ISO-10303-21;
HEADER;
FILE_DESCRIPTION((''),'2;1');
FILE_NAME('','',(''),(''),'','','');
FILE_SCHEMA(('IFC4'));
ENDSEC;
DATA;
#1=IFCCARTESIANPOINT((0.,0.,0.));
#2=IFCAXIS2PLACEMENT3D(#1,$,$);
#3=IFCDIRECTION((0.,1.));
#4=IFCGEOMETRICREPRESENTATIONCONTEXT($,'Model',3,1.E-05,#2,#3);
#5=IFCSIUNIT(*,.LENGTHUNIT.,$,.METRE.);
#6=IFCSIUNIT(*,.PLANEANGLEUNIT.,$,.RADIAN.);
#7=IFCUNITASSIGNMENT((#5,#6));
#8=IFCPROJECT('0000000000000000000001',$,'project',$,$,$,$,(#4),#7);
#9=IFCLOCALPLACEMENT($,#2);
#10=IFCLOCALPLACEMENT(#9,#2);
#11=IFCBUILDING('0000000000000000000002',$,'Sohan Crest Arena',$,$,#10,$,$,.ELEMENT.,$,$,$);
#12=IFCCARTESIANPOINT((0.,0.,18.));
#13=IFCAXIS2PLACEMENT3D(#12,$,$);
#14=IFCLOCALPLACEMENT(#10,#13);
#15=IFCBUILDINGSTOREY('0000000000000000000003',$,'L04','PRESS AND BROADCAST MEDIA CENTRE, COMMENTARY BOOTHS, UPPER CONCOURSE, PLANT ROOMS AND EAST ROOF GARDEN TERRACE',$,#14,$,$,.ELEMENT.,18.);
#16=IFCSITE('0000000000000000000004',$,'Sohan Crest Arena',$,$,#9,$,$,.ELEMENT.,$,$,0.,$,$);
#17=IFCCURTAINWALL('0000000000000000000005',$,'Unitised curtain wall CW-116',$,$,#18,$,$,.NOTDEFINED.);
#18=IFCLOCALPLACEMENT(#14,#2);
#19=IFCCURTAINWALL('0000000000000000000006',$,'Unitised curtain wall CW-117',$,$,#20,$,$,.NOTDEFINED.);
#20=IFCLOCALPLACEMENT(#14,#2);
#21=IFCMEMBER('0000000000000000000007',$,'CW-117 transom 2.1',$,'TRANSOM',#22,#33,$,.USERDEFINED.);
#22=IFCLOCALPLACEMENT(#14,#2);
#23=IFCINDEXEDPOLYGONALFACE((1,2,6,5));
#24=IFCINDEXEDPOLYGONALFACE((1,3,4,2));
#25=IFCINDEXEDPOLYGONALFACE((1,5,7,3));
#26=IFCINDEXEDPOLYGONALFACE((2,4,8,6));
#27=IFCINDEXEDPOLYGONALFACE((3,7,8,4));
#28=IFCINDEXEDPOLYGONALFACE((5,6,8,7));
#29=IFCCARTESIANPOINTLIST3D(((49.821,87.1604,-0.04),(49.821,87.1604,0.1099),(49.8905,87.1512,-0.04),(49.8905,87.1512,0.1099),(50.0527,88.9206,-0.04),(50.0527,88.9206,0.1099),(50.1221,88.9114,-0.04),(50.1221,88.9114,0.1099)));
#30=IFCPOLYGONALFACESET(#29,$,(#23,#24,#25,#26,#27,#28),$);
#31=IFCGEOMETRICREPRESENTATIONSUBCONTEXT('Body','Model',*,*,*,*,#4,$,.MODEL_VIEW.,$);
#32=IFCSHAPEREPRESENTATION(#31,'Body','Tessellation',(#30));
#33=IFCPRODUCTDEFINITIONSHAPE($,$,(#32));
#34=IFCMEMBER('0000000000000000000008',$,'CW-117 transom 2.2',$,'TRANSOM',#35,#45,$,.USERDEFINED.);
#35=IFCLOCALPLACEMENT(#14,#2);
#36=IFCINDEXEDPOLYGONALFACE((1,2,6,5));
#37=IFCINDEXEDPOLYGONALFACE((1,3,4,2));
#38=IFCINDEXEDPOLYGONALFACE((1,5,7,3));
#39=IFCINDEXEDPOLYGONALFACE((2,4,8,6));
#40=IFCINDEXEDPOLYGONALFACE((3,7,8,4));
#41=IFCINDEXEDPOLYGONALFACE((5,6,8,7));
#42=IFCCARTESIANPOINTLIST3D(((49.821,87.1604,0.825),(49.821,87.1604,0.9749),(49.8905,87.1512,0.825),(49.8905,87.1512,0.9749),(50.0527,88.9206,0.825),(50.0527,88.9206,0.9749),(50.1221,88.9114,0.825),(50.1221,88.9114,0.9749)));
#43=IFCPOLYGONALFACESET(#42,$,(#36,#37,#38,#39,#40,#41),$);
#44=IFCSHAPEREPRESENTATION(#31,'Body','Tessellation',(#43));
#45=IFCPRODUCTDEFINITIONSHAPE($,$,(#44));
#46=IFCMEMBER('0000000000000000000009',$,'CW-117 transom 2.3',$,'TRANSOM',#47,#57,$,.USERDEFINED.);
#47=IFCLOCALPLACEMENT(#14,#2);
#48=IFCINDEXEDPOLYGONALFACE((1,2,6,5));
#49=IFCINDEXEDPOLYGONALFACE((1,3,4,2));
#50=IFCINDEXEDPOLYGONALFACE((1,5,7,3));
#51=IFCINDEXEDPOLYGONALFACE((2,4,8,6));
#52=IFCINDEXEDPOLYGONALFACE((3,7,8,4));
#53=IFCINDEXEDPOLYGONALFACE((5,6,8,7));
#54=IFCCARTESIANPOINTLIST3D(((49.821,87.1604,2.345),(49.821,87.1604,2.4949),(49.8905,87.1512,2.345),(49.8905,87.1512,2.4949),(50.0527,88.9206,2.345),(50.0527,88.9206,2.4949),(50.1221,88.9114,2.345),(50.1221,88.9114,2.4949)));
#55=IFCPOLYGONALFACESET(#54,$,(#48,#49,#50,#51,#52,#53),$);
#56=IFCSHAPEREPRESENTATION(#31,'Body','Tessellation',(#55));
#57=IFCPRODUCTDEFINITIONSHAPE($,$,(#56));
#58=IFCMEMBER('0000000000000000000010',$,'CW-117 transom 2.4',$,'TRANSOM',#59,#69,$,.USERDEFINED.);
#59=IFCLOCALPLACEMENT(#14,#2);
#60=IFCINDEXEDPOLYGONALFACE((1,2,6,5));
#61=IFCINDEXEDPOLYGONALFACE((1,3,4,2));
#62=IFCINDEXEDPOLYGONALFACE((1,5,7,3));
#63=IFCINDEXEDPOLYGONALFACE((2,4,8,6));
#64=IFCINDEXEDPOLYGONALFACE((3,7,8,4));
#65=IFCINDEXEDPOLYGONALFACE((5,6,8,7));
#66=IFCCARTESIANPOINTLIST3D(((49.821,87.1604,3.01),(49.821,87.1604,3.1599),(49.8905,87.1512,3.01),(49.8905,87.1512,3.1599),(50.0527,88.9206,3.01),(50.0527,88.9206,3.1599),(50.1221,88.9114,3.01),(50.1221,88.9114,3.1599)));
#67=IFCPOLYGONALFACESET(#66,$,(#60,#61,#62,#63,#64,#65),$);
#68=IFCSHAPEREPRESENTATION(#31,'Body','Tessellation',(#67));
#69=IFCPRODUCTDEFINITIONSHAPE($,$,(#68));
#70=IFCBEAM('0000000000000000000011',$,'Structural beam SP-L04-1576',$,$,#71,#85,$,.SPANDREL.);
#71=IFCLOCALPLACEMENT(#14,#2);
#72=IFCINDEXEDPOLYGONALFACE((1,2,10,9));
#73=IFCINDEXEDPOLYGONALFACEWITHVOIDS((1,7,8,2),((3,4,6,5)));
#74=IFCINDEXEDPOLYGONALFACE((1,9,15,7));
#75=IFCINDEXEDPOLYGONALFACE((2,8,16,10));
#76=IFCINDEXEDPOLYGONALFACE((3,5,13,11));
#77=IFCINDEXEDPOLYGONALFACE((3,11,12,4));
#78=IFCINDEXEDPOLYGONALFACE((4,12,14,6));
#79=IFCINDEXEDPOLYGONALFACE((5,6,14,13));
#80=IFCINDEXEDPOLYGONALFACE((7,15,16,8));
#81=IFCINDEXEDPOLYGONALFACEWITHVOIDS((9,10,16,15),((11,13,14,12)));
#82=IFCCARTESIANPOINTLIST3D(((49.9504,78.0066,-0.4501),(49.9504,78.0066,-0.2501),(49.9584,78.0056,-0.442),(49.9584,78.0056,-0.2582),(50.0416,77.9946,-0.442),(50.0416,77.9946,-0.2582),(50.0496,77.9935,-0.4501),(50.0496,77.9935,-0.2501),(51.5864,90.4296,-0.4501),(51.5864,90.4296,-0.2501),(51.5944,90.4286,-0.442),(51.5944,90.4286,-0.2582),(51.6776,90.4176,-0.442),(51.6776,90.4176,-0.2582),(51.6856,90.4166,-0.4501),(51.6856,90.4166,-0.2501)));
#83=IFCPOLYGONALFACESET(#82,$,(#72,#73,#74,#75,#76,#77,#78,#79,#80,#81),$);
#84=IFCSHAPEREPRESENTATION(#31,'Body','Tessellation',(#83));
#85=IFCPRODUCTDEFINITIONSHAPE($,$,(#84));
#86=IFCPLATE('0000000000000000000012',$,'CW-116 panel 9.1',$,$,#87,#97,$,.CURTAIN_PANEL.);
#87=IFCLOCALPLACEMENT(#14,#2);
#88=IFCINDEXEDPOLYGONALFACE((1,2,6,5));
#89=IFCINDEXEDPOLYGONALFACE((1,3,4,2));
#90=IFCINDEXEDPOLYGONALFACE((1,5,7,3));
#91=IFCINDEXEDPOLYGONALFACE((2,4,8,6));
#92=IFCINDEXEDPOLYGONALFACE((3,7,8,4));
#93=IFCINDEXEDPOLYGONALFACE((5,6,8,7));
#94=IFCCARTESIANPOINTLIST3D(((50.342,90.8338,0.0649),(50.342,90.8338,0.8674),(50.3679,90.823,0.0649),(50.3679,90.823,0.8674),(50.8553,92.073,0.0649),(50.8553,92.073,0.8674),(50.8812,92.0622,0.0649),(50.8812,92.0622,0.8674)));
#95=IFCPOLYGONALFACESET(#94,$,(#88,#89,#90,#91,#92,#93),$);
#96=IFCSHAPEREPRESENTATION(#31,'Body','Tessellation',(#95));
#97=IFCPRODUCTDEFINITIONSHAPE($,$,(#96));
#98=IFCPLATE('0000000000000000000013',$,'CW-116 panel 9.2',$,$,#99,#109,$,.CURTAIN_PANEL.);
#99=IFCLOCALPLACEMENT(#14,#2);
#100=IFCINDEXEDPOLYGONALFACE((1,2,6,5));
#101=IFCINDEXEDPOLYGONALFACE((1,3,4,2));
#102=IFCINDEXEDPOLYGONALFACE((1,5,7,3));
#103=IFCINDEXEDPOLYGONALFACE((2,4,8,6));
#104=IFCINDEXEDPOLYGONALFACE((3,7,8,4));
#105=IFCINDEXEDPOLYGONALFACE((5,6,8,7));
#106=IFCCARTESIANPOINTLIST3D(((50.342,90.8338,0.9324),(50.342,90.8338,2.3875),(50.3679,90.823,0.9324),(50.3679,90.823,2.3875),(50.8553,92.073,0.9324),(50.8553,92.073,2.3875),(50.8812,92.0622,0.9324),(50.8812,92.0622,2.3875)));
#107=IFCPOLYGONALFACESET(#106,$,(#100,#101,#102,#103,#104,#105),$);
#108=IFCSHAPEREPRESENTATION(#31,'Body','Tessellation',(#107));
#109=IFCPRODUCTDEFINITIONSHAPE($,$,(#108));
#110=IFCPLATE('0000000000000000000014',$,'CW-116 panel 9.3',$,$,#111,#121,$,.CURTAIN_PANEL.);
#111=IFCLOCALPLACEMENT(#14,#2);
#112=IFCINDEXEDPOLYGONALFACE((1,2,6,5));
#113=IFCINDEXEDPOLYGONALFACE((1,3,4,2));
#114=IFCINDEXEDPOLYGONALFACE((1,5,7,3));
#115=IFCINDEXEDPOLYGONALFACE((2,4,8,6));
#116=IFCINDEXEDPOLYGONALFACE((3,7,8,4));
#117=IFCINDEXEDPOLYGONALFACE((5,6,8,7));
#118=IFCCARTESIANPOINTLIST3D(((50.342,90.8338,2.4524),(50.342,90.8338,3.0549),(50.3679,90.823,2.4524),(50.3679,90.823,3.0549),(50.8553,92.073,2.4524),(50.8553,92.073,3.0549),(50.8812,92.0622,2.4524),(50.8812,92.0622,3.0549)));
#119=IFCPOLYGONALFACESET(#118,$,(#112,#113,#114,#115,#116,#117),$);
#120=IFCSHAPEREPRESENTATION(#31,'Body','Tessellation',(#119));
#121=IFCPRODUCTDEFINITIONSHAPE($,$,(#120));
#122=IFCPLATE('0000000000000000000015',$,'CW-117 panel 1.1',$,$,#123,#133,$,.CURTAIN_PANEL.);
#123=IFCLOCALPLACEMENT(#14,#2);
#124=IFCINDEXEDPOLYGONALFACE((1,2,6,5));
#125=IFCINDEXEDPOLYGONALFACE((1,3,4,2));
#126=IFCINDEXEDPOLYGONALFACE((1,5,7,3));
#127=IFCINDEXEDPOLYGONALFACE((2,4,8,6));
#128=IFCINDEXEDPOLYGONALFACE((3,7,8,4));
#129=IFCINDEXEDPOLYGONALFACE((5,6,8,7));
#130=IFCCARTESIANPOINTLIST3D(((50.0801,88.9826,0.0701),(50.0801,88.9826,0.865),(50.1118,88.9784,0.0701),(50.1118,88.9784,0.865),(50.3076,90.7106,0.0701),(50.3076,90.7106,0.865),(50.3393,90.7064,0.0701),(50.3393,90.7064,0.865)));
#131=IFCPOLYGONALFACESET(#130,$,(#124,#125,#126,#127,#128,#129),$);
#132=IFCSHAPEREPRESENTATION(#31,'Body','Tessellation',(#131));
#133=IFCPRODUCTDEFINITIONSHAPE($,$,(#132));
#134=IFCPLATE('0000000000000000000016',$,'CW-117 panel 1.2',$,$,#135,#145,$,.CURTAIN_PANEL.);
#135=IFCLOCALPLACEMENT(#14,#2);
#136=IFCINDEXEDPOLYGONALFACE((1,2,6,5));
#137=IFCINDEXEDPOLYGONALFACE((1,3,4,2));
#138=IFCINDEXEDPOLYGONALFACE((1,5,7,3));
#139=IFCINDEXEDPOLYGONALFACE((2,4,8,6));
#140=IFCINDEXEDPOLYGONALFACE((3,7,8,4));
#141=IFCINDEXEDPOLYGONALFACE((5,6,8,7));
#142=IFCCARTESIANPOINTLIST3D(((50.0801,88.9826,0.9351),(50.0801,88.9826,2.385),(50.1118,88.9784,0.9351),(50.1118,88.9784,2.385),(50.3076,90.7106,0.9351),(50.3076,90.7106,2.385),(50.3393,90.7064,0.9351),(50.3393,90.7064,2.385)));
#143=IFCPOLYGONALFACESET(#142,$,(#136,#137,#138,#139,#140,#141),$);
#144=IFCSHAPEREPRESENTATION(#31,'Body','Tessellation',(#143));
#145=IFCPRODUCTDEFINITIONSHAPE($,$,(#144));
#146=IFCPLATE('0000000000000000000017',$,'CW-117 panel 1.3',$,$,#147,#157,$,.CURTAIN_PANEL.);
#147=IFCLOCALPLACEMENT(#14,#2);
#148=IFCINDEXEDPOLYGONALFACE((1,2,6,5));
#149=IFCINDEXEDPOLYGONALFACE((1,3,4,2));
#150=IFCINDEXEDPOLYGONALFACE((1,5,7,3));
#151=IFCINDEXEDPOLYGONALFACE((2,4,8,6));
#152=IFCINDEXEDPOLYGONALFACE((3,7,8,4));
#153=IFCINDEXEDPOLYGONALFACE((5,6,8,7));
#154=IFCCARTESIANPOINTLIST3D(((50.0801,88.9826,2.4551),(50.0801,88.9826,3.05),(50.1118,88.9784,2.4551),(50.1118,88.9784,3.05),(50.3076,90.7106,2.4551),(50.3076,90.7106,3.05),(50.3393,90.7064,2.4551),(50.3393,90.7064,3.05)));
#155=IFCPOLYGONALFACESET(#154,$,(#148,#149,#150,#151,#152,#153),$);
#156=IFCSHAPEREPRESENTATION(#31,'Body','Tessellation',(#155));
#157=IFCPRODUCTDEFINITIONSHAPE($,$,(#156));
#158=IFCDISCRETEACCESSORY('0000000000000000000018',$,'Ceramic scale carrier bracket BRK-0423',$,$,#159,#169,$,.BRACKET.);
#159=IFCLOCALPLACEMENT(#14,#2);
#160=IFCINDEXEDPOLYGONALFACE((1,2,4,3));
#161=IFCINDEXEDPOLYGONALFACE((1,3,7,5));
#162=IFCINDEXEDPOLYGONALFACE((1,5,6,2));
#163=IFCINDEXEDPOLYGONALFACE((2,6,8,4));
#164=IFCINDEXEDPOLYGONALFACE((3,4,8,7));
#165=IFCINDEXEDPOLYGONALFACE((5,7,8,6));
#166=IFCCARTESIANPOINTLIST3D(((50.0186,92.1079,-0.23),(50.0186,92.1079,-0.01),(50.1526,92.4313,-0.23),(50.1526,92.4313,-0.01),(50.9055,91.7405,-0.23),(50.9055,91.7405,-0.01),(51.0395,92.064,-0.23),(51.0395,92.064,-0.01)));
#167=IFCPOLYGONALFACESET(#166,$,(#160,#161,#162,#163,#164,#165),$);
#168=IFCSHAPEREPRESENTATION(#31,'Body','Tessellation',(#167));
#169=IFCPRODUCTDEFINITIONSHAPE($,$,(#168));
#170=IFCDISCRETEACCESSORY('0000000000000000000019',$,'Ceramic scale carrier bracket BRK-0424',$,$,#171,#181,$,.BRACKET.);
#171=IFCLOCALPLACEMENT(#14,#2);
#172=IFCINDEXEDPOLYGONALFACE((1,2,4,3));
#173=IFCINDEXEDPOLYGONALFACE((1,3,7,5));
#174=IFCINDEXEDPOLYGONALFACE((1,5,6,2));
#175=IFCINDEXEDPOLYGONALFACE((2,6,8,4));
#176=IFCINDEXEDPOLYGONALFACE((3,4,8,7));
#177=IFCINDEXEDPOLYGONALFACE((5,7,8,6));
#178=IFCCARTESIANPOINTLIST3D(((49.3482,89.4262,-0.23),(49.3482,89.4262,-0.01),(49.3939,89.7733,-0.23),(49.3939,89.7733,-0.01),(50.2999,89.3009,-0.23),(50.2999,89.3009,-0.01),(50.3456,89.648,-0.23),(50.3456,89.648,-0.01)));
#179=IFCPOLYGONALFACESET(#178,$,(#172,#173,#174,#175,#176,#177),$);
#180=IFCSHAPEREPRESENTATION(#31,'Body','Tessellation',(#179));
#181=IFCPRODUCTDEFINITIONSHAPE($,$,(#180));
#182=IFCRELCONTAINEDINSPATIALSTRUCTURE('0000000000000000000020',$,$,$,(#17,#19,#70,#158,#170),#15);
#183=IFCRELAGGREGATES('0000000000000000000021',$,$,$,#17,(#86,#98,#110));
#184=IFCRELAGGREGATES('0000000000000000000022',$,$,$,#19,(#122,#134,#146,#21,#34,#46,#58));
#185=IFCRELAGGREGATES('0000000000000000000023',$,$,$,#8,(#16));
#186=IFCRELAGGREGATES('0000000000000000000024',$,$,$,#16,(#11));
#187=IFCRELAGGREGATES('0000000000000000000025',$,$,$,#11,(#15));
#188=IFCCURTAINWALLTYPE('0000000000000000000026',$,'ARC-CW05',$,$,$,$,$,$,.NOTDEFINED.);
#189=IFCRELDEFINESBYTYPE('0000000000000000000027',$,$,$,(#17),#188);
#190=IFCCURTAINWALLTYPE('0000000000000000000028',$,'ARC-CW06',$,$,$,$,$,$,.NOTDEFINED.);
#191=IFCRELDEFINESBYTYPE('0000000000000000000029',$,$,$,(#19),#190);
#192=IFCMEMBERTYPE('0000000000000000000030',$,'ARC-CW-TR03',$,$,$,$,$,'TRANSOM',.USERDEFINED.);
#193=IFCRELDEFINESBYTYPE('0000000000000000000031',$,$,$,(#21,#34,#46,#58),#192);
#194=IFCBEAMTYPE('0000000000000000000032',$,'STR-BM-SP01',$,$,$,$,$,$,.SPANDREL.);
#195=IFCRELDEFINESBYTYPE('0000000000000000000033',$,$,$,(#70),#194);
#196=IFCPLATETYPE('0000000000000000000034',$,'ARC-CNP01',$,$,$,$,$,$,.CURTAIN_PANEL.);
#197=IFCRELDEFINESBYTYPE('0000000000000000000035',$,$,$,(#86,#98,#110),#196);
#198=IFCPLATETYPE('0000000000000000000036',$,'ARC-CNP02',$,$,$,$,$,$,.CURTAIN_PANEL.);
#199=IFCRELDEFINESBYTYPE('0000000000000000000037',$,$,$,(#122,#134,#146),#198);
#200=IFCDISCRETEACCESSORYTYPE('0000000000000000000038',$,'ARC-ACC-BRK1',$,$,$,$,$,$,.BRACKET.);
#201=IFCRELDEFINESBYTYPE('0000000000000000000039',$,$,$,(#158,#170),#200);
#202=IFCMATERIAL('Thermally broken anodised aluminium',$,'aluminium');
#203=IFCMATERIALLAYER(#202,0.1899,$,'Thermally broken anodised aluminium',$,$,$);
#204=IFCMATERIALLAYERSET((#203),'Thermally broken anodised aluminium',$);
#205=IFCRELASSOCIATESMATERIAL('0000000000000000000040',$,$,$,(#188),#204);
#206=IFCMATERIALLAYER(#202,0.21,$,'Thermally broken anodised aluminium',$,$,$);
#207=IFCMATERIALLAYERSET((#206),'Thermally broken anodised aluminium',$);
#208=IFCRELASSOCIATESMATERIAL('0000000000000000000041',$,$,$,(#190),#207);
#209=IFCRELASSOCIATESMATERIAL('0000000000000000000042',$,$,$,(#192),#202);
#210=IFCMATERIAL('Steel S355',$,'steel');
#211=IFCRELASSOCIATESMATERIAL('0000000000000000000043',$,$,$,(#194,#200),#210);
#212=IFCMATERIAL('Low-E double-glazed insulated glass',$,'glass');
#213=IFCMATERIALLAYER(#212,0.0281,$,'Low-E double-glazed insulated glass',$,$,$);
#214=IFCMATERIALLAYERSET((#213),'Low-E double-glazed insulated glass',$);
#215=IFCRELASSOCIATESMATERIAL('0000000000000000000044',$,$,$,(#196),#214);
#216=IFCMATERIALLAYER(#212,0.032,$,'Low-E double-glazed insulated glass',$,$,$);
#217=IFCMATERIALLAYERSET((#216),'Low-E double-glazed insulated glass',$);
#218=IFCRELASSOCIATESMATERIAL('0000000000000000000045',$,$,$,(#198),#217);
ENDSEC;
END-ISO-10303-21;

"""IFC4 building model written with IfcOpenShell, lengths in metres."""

from ifc_helpers import new_model, si_unit, direction, frame, origin, origin_2d, place, context, subcontext, project, spatial, rectangle, hollow_rectangle, extrude, material, layer, layer_set, material_profile, profile_set, type_object, element, aggregate, save


model = new_model("IFC4")

# Units and contexts
model_context = context("Model", 3, precision=1e-05, world=origin(), true_north=direction((0.0, 1.0)))
body_context = subcontext(model_context, "Body", "Model", "MODEL_VIEW")
ifc_project = project(units=[si_unit("LENGTHUNIT", "METRE"), si_unit("PLANEANGLEUNIT", "RADIAN")], contexts=[model_context])

# Site, building, storey
site_placement = place(None, origin())
site = spatial("IfcSite", under=ifc_project, at=site_placement, Name="Sohan Crest Arena", CompositionType="ELEMENT", RefElevation=0.0)
building_placement = place(site_placement, origin())
building = spatial("IfcBuilding", under=site, at=building_placement, Name="Sohan Crest Arena", CompositionType="ELEMENT")
storey_placement = place(building_placement, frame((0.0, 0.0, 18.0)))
storey = spatial("IfcBuildingStorey", under=building, at=storey_placement, Name="L04", Description="PRESS AND BROADCAST MEDIA CENTRE, COMMENTARY BOOTHS, UPPER CONCOURSE, PLANT ROOMS AND EAST ROOF GARDEN TERRACE", CompositionType="ELEMENT", Elevation=18.0)

# Shared definitions
ifc_material_1 = material(Name="Steel S355", Category="steel")

# Curtain walls
ifc_material_2 = material(Name="Thermally broken anodised aluminium", Category="aluminium")
ifc_layer_1 = layer(ifc_material_2, 0.1899, Name="Thermally broken anodised aluminium")
ifc_layer_set_1 = layer_set([ifc_layer_1], Name="Thermally broken anodised aluminium")
curtain_wall_type_1 = type_object("IfcCurtainWallType", Name="ARC-CW05", PredefinedType="NOTDEFINED", material=ifc_layer_set_1)
curtain_wall_1_placement = place(storey_placement, origin())
curtain_wall_1 = element("IfcCurtainWall", 1, at=curtain_wall_1_placement, inside=storey, type_object=curtain_wall_type_1, Name="Unitised curtain wall CW-116", PredefinedType="NOTDEFINED")
ifc_layer_2 = layer(ifc_material_2, 0.21, Name="Thermally broken anodised aluminium")
ifc_layer_set_2 = layer_set([ifc_layer_2], Name="Thermally broken anodised aluminium")
curtain_wall_type_2 = type_object("IfcCurtainWallType", Name="ARC-CW06", PredefinedType="NOTDEFINED", material=ifc_layer_set_2)
curtain_wall_2_placement = place(storey_placement, origin())
curtain_wall_2 = element("IfcCurtainWall", 2, at=curtain_wall_2_placement, inside=storey, type_object=curtain_wall_type_2, Name="Unitised curtain wall CW-117", PredefinedType="NOTDEFINED")

# Members
ifc_material_profile_1 = material_profile(ifc_material_2, rectangle(XDim=0.0701, YDim=0.1499, at=origin_2d()), Name="ALU-TRAN 70x150")
ifc_profile_set_1 = profile_set([ifc_material_profile_1], Name="Thermally broken anodised aluminium")
member_type_1 = type_object("IfcMemberType", Name="ARC-CW-TR03", ElementType="TRANSOM", PredefinedType="USERDEFINED", material=ifc_profile_set_1)
member_1_placement = place(storey_placement, frame((50.0874, 88.916, 0.0349), z_axis=(-0.130497, -0.991449, 0.0), x_axis=(0.991449, -0.130497, 0.0)))
member_1 = element("IfcMember", 3, at=member_1_placement, type_object=member_type_1, Name="CW-117 transom 2.1", ObjectType="TRANSOM", PredefinedType="USERDEFINED", context=body_context, shape_type="SweptSolid", body=[
    extrude(rectangle(XDim=0.0701, YDim=0.1499, at=origin_2d()), origin(), (0.0, 0.0, 1.0), 1.7754),
])
member_2_placement = place(storey_placement, frame((50.0874, 88.916, 0.8999), z_axis=(-0.130497, -0.991449, 0.0), x_axis=(0.991449, -0.130497, 0.0)))
member_2 = element("IfcMember", 4, at=member_2_placement, type_object=member_type_1, Name="CW-117 transom 2.2", ObjectType="TRANSOM", PredefinedType="USERDEFINED", context=body_context, shape_type="SweptSolid", body=[
    extrude(rectangle(XDim=0.0701, YDim=0.1499, at=origin_2d()), origin(), (0.0, 0.0, 1.0), 1.7754),
])
member_3_placement = place(storey_placement, frame((50.0874, 88.916, 2.4199), z_axis=(-0.130497, -0.991449, 0.0), x_axis=(0.991449, -0.130497, 0.0)))
member_3 = element("IfcMember", 5, at=member_3_placement, type_object=member_type_1, Name="CW-117 transom 2.3", ObjectType="TRANSOM", PredefinedType="USERDEFINED", context=body_context, shape_type="SweptSolid", body=[
    extrude(rectangle(XDim=0.0701, YDim=0.1499, at=origin_2d()), origin(), (0.0, 0.0, 1.0), 1.7754),
])
member_4_placement = place(storey_placement, frame((50.0874, 88.916, 3.085), z_axis=(-0.130497, -0.991449, 0.0), x_axis=(0.991449, -0.130497, 0.0)))
member_4 = element("IfcMember", 6, at=member_4_placement, type_object=member_type_1, Name="CW-117 transom 2.4", ObjectType="TRANSOM", PredefinedType="USERDEFINED", context=body_context, shape_type="SweptSolid", body=[
    extrude(rectangle(XDim=0.0701, YDim=0.1499, at=origin_2d()), origin(), (0.0, 0.0, 1.0), 1.7754),
])

# Beam
ifc_material_profile_2 = material_profile(ifc_material_1, hollow_rectangle(XDim=0.1001, YDim=0.2, WallThickness=0.0081, at=origin_2d()), Name="RHS 200x100x8")
ifc_profile_set_2 = profile_set([ifc_material_profile_2], Name="Steel S355")
beam_type = type_object("IfcBeamType", Name="STR-BM-SP01", PredefinedType="SPANDREL", material=ifc_profile_set_2)
beam_placement = place(storey_placement, frame((51.636, 90.4231, -0.3501), z_axis=(-0.130562, -0.99144, 0.0), x_axis=(0.99144, -0.130562, 0.0)))
element("IfcBeam", 7, at=beam_placement, inside=storey, type_object=beam_type, Name="Structural beam SP-L04-1576", PredefinedType="SPANDREL", context=body_context, shape_type="SweptSolid", body=[
    extrude(hollow_rectangle(XDim=0.1001, YDim=0.2, WallThickness=0.0081, at=origin_2d()), origin(), (0.0, 0.0, 1.0), 12.5303),
])

# Plates
ifc_material_3 = material(Name="Low-E double-glazed insulated glass", Category="glass")
ifc_layer_3 = layer(ifc_material_3, 0.0281, Name="Low-E double-glazed insulated glass")
ifc_layer_set_3 = layer_set([ifc_layer_3], Name="Low-E double-glazed insulated glass")
plate_type_1 = type_object("IfcPlateType", Name="ARC-CNP01", PredefinedType="CURTAIN_PANEL", material=ifc_layer_set_3)
plate_1_placement = place(storey_placement, frame((50.6116, 91.448, 0.0649), z_axis=(0.0, 0.0, 1.0), x_axis=(-0.382685, -0.923879, 0.0)))
plate_1 = element("IfcPlate", 8, at=plate_1_placement, type_object=plate_type_1, Name="CW-116 panel 9.1", PredefinedType="CURTAIN_PANEL", context=body_context, shape_type="SweptSolid", body=[
    extrude(rectangle(XDim=1.3413, YDim=0.0281, at=origin_2d()), origin(), (0.0, 0.0, 1.0), 0.8025),
])
plate_2_placement = place(storey_placement, frame((50.6116, 91.448, 0.9324), z_axis=(0.0, 0.0, 1.0), x_axis=(-0.382685, -0.923879, 0.0)))
plate_2 = element("IfcPlate", 9, at=plate_2_placement, type_object=plate_type_1, Name="CW-116 panel 9.2", PredefinedType="CURTAIN_PANEL", context=body_context, shape_type="SweptSolid", body=[
    extrude(rectangle(XDim=1.3413, YDim=0.0281, at=origin_2d()), origin(), (0.0, 0.0, 1.0), 1.4551),
])
plate_3_placement = place(storey_placement, frame((50.6116, 91.448, 2.4524), z_axis=(0.0, 0.0, 1.0), x_axis=(-0.382685, -0.923879, 0.0)))
plate_3 = element("IfcPlate", 10, at=plate_3_placement, type_object=plate_type_1, Name="CW-116 panel 9.3", PredefinedType="CURTAIN_PANEL", context=body_context, shape_type="SweptSolid", body=[
    extrude(rectangle(XDim=1.3413, YDim=0.0281, at=origin_2d()), origin(), (0.0, 0.0, 1.0), 0.6025),
])
aggregate(curtain_wall_1, [plate_1, plate_2, plate_3])
ifc_layer_4 = layer(ifc_material_3, 0.032, Name="Low-E double-glazed insulated glass")
ifc_layer_set_4 = layer_set([ifc_layer_4], Name="Low-E double-glazed insulated glass")
plate_type_2 = type_object("IfcPlateType", Name="ARC-CNP02", PredefinedType="CURTAIN_PANEL", material=ifc_layer_set_4)
plate_4_placement = place(storey_placement, frame((50.2097, 89.8445, 0.0701), z_axis=(0.0, 0.0, 1.0), x_axis=(-0.130557, -0.991441, 0.0)))
plate_4 = element("IfcPlate", 11, at=plate_4_placement, type_object=plate_type_2, Name="CW-117 panel 1.1", PredefinedType="CURTAIN_PANEL", context=body_context, shape_type="SweptSolid", body=[
    extrude(rectangle(XDim=1.7429, YDim=0.032, at=origin_2d()), origin(), (0.0, 0.0, 1.0), 0.7949),
])
plate_5_placement = place(storey_placement, frame((50.2097, 89.8445, 0.9351), z_axis=(0.0, 0.0, 1.0), x_axis=(-0.130557, -0.991441, 0.0)))
plate_5 = element("IfcPlate", 12, at=plate_5_placement, type_object=plate_type_2, Name="CW-117 panel 1.2", PredefinedType="CURTAIN_PANEL", context=body_context, shape_type="SweptSolid", body=[
    extrude(rectangle(XDim=1.7429, YDim=0.032, at=origin_2d()), origin(), (0.0, 0.0, 1.0), 1.45),
])
plate_6_placement = place(storey_placement, frame((50.2097, 89.8445, 2.4551), z_axis=(0.0, 0.0, 1.0), x_axis=(-0.130557, -0.991441, 0.0)))
plate_6 = element("IfcPlate", 13, at=plate_6_placement, type_object=plate_type_2, Name="CW-117 panel 1.3", PredefinedType="CURTAIN_PANEL", context=body_context, shape_type="SweptSolid", body=[
    extrude(rectangle(XDim=1.7429, YDim=0.032, at=origin_2d()), origin(), (0.0, 0.0, 1.0), 0.595),
])
aggregate(curtain_wall_2, [plate_4, plate_5, plate_6, member_1, member_2, member_3, member_4])

# Discrete accessories
discrete_accessory_type = type_object("IfcDiscreteAccessoryType", Name="ARC-ACC-BRK1", PredefinedType="BRACKET", material=ifc_material_1)
for number, where, z_axis, x_axis, name in (
    (14, (50.5291, 92.0859, -0.23), (0.0, 0.0, 1.0), (-0.382683, -0.92388, 0.0), "Ceramic scale carrier bracket BRK-0423"),
    (15, (49.8469, 89.5371, -0.23), (0.0, 0.0, 1.0), (-0.130526, -0.991445, 0.0), "Ceramic scale carrier bracket BRK-0424"),
):
    element("IfcDiscreteAccessory", number, at=place(storey_placement, frame(where, z_axis=z_axis, x_axis=x_axis)), inside=storey, type_object=discrete_accessory_type, Name=name, PredefinedType="BRACKET", context=body_context, shape_type="SweptSolid", body=[
        extrude(rectangle(XDim=0.3501, YDim=0.96, at=origin_2d()), origin(), (0.0, 0.0, 1.0), 0.22),
    ])

save(model, "model.ifc")
